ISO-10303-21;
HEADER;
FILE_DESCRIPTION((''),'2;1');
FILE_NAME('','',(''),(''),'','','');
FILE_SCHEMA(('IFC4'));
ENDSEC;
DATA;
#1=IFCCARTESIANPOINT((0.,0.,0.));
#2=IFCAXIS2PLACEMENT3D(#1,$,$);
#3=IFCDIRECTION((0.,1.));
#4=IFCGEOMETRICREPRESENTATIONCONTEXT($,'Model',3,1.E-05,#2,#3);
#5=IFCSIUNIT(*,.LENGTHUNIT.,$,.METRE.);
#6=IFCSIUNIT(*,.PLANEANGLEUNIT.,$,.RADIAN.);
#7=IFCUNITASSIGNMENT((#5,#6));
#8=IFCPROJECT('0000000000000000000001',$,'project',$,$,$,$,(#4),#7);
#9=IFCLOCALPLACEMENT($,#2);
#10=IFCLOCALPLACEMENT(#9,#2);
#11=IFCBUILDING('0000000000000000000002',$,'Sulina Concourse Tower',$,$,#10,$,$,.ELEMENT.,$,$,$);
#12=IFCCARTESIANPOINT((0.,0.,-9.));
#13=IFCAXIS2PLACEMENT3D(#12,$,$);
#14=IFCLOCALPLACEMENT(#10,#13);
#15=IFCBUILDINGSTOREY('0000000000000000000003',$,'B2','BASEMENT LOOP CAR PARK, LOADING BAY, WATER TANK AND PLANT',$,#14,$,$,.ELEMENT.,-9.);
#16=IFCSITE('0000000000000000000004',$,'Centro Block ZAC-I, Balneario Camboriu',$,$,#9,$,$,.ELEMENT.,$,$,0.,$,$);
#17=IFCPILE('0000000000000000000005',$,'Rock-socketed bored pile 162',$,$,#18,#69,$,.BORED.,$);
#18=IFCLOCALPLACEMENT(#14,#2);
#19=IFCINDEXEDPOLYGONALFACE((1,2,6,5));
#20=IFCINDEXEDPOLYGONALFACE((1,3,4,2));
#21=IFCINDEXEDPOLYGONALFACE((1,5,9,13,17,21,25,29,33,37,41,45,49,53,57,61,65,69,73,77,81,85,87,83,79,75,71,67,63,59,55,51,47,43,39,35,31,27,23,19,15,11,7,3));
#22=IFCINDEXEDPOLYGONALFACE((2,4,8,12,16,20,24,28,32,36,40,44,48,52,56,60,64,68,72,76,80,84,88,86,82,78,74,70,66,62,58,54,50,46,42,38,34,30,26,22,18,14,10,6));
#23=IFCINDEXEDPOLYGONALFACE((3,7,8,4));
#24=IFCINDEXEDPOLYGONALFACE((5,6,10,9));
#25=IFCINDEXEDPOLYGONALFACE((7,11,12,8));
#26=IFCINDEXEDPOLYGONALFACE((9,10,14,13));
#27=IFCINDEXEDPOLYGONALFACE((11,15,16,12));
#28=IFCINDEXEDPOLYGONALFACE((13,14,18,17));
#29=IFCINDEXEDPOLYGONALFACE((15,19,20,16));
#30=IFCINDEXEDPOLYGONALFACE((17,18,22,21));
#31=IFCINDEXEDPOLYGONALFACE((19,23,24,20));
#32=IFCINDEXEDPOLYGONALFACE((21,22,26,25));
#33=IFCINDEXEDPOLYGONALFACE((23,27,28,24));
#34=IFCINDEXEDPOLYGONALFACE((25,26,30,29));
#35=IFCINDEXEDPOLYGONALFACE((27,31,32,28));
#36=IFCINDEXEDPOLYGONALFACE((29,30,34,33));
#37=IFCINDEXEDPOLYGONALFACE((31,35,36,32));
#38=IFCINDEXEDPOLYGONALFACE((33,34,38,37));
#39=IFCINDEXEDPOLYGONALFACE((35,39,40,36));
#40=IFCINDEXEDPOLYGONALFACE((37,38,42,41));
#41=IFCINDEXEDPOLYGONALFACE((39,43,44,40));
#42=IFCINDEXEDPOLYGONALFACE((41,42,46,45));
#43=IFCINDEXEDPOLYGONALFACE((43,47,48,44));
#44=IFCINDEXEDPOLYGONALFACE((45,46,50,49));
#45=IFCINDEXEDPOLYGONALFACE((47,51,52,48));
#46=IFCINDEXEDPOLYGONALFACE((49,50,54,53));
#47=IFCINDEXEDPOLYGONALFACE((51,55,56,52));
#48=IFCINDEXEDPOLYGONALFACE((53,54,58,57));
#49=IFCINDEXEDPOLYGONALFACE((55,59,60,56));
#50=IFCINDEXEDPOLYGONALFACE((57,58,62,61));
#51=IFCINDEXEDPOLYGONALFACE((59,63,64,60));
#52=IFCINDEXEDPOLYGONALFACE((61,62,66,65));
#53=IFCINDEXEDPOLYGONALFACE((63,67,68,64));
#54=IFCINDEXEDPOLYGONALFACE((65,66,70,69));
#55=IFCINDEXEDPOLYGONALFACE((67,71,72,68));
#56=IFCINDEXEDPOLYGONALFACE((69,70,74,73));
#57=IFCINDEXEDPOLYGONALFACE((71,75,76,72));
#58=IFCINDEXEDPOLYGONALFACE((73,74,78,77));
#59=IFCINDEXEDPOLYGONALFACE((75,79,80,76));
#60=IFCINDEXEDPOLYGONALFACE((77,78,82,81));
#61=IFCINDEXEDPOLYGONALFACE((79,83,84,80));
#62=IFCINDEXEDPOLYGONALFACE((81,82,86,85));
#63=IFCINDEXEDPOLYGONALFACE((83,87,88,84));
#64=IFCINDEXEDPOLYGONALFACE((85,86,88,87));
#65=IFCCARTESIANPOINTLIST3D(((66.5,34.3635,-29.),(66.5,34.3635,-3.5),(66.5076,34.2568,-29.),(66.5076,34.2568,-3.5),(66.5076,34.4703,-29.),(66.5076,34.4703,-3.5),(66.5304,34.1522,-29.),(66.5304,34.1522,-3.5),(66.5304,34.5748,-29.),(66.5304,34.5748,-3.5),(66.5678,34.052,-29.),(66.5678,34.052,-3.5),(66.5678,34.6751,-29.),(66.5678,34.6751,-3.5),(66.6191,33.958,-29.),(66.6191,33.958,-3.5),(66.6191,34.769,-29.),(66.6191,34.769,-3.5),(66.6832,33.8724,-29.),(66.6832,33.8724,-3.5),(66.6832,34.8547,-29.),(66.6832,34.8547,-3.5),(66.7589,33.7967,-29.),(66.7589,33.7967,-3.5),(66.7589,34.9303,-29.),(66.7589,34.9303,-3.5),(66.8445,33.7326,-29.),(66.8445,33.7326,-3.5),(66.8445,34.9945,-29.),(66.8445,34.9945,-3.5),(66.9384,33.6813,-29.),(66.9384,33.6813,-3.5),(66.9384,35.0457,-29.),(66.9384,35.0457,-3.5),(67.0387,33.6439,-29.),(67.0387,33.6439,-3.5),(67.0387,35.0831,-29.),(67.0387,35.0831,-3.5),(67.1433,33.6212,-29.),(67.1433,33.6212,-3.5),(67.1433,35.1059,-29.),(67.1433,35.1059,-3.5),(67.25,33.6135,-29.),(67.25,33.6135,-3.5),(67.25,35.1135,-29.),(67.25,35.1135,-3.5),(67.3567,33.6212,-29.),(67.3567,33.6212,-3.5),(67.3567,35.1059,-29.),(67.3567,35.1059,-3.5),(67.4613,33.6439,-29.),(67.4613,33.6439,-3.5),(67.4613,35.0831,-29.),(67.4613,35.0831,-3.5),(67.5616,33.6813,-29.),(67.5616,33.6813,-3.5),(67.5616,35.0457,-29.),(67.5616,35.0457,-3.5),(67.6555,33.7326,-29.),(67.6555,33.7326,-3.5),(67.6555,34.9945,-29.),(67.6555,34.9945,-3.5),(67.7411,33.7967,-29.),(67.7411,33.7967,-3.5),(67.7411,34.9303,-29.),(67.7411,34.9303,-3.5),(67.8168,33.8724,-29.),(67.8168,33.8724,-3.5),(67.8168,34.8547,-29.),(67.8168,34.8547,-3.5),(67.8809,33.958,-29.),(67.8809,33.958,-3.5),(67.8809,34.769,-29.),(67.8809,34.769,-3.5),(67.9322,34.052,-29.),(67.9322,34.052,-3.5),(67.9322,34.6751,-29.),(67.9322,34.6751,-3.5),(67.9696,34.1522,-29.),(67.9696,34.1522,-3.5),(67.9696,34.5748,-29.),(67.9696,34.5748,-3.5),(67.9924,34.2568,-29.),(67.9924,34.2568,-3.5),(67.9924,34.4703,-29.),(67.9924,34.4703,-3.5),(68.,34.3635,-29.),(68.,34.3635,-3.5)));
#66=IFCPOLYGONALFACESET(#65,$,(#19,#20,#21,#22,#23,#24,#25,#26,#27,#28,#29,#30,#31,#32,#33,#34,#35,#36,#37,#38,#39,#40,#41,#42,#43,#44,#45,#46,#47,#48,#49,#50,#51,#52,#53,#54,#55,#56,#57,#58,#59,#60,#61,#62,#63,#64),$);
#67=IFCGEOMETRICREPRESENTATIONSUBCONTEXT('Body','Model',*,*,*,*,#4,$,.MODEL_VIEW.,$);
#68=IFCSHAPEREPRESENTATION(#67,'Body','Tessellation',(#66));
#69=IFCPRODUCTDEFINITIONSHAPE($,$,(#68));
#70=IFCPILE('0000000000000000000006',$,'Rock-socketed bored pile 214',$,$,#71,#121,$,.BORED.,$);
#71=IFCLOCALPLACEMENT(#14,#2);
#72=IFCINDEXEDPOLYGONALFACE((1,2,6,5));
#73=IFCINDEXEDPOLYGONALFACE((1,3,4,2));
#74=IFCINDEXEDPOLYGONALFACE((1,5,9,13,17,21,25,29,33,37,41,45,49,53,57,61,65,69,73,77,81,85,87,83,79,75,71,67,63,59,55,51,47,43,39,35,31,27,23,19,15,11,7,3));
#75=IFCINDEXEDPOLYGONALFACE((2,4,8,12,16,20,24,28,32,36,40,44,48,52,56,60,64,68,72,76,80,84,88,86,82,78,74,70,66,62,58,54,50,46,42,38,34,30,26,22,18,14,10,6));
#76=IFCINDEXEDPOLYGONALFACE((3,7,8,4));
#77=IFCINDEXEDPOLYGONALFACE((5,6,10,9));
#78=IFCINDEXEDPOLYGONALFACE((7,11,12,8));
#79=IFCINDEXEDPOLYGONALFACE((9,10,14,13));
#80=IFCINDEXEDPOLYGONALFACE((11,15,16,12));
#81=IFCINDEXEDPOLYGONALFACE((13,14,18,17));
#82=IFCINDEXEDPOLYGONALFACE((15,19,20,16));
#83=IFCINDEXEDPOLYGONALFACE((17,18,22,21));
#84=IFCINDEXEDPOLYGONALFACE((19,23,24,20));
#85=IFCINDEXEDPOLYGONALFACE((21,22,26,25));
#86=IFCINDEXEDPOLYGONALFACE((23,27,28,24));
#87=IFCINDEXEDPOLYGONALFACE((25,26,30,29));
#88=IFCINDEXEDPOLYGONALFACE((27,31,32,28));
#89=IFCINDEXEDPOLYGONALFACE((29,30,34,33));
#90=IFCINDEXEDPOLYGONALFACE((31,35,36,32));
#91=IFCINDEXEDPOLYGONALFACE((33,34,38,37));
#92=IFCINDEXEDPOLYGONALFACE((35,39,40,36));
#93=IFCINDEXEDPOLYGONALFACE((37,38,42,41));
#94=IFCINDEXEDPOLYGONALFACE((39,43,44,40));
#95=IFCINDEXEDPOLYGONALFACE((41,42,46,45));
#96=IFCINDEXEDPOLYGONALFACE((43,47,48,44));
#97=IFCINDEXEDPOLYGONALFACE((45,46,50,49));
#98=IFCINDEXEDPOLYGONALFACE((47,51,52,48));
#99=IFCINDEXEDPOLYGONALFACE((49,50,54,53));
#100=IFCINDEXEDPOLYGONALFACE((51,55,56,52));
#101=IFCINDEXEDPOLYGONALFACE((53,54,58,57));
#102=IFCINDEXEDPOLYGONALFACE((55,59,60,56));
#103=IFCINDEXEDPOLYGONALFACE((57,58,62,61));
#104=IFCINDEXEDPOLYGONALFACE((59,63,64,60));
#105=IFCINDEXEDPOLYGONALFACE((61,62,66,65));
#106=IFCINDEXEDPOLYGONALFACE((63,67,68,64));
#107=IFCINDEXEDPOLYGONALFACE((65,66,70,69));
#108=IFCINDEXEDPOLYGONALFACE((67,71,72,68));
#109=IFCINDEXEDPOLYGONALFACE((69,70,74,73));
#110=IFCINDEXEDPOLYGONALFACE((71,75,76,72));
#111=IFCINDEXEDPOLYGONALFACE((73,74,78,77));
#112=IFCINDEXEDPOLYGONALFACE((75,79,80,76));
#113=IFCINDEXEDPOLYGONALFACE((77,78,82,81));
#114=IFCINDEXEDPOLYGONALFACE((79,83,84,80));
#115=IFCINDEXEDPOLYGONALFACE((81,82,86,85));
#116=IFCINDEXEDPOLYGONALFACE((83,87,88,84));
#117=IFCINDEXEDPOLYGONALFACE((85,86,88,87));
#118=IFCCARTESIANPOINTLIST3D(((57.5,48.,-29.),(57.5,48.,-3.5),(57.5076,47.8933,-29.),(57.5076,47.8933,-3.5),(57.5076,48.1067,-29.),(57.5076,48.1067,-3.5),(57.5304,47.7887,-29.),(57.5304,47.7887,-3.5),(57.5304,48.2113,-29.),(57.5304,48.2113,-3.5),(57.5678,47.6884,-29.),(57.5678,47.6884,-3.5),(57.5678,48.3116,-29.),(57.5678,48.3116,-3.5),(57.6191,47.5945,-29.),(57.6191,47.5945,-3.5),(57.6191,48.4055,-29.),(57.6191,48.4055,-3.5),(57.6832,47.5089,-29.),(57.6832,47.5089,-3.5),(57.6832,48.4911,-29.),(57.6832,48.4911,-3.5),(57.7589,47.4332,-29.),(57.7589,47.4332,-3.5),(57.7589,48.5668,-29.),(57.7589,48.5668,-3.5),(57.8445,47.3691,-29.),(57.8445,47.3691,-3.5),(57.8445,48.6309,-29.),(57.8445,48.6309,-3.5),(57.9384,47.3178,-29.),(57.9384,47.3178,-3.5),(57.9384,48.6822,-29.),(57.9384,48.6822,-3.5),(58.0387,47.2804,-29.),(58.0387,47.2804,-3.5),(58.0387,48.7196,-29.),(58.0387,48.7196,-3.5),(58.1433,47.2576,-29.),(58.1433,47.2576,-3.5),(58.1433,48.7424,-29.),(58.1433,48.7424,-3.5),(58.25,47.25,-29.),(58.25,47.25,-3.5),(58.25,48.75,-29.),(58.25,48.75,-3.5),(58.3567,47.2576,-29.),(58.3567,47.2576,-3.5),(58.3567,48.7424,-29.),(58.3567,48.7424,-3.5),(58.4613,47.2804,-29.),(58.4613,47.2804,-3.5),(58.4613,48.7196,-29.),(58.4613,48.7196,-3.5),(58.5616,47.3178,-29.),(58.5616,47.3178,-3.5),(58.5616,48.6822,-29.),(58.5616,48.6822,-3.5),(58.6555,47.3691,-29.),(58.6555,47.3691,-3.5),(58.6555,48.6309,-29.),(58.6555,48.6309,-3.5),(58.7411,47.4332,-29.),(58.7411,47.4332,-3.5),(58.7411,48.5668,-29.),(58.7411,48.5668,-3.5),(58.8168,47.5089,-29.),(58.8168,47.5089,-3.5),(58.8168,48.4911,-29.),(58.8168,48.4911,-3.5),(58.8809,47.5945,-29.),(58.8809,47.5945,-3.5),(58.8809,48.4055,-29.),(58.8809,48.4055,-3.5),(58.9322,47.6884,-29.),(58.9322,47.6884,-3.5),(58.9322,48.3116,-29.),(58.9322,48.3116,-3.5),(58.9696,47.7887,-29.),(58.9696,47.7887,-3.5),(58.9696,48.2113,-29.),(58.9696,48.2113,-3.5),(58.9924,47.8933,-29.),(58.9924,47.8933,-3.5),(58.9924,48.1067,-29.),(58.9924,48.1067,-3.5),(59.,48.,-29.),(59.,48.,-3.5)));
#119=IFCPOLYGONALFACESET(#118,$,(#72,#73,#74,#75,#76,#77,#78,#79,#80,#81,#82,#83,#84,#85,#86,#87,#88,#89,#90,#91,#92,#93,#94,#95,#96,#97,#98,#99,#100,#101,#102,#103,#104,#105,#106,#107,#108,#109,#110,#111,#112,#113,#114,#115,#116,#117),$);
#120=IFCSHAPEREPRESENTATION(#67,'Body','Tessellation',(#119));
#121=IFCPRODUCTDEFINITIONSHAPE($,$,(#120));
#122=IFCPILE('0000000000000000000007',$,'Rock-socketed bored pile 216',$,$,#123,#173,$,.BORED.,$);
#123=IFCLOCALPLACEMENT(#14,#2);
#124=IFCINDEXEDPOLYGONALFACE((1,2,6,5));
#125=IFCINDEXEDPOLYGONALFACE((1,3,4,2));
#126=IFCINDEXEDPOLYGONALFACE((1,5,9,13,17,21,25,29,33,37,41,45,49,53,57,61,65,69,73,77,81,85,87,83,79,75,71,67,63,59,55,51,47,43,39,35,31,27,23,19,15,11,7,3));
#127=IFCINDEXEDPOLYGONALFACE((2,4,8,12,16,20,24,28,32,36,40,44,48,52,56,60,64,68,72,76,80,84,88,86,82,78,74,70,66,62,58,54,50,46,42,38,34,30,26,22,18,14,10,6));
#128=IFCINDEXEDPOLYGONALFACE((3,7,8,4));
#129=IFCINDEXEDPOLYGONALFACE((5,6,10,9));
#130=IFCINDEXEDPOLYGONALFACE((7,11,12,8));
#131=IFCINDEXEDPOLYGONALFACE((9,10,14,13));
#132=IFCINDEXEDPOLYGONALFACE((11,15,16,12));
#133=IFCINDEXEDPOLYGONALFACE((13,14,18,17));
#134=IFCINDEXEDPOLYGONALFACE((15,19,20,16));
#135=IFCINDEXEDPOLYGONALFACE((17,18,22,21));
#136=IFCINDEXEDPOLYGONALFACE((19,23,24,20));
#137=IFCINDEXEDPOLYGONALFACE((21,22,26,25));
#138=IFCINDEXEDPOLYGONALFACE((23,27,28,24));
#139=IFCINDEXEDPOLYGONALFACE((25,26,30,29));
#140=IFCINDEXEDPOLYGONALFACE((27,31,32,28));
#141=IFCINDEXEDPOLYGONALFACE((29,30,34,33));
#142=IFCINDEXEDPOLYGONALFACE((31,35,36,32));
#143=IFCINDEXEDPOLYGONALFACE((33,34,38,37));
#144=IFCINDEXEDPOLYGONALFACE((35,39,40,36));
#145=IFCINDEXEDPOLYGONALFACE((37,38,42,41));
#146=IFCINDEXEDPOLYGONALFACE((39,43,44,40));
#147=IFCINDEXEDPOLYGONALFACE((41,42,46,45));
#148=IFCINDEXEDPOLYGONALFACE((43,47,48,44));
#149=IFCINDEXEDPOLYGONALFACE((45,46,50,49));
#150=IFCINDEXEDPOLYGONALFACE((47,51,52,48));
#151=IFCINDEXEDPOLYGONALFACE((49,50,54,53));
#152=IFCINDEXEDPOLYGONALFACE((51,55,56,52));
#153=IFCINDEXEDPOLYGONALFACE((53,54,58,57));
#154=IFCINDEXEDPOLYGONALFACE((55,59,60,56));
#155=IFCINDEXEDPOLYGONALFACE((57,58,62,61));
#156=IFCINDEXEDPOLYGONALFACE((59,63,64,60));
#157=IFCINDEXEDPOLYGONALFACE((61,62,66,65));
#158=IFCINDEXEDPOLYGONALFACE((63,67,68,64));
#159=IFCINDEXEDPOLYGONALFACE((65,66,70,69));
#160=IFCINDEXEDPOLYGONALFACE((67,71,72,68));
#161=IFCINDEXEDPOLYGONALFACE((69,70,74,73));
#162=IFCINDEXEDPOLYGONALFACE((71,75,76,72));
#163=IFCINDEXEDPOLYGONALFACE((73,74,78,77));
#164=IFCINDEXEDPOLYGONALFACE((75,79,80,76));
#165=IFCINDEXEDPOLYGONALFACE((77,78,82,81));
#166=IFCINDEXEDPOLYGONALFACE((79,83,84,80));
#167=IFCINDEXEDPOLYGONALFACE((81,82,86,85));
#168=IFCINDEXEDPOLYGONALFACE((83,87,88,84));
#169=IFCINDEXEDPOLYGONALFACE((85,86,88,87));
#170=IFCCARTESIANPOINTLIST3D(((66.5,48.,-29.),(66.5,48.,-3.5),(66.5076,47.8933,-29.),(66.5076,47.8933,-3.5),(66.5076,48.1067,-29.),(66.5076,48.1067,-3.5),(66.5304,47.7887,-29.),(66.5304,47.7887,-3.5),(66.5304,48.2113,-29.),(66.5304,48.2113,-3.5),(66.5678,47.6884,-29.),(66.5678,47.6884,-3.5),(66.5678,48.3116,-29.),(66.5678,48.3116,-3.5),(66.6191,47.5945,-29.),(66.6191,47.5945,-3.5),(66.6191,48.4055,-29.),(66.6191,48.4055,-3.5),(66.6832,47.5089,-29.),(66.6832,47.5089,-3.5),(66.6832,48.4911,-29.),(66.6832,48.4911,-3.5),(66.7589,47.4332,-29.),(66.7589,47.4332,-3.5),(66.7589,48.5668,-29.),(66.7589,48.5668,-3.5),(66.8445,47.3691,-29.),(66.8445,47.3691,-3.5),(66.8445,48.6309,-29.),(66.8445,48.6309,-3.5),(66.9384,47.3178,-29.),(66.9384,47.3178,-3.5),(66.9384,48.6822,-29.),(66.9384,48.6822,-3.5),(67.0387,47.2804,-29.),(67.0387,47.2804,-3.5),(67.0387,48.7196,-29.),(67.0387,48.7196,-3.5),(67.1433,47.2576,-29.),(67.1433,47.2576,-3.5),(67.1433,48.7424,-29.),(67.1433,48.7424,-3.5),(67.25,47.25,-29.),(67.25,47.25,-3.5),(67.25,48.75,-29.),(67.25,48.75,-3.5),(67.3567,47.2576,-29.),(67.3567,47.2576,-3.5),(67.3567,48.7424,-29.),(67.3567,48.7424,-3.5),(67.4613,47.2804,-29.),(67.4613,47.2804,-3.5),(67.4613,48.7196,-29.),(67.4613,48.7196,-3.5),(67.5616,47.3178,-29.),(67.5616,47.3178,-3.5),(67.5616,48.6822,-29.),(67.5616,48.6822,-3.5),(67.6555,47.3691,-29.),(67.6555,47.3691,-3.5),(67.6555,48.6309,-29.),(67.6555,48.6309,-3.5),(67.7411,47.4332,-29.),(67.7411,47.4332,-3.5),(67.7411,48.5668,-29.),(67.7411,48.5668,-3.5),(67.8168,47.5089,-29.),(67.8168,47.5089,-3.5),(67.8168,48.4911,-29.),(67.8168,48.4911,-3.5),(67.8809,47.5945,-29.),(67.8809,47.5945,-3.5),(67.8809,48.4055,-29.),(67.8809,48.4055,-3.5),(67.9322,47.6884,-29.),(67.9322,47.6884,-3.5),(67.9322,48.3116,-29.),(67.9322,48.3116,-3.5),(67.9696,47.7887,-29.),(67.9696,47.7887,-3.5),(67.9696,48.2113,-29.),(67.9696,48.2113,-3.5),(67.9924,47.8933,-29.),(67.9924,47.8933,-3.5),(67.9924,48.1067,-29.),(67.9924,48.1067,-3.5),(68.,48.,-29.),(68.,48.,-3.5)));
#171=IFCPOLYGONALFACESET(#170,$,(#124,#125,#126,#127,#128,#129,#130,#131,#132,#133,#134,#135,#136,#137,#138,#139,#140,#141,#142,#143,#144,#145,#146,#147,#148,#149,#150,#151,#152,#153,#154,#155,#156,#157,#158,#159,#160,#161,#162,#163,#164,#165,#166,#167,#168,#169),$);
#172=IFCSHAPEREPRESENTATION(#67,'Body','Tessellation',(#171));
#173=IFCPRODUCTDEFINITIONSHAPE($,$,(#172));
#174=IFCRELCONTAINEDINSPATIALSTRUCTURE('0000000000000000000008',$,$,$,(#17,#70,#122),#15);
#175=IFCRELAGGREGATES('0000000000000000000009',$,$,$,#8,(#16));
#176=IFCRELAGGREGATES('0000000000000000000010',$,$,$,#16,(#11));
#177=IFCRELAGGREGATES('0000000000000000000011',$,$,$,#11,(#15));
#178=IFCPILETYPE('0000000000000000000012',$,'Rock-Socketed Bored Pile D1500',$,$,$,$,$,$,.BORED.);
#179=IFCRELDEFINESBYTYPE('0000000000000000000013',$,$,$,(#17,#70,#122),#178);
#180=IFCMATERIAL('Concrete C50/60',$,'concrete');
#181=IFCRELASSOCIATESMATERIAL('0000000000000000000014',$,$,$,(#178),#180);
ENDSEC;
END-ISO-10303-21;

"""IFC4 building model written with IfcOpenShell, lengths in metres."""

from ifc_helpers import new_model, si_unit, direction, frame, origin, origin_2d, place, context, subcontext, project, spatial, circle, extrude, material, material_profile, profile_set, type_object, element, save


model = new_model("IFC4")

# Units and contexts
model_context = context("Model", 3, precision=1e-05, world=origin(), true_north=direction((0.0, 1.0)))
body_context = subcontext(model_context, "Body", "Model", "MODEL_VIEW")
ifc_project = project(units=[si_unit("LENGTHUNIT", "METRE"), si_unit("PLANEANGLEUNIT", "RADIAN")], contexts=[model_context])

# Site, building, storey
site_placement = place(None, origin())
site = spatial("IfcSite", under=ifc_project, at=site_placement, Name="Centro Block ZAC-I, Balneario Camboriu", CompositionType="ELEMENT", RefElevation=0.0)
building_placement = place(site_placement, origin())
building = spatial("IfcBuilding", under=site, at=building_placement, Name="Sulina Concourse Tower", CompositionType="ELEMENT")
storey_placement = place(building_placement, frame((0.0, 0.0, -9.0)))
storey = spatial("IfcBuildingStorey", under=building, at=storey_placement, Name="B2", Description="BASEMENT LOOP CAR PARK, LOADING BAY, WATER TANK AND PLANT", CompositionType="ELEMENT", Elevation=-9.0)

# Piles
ifc_material_1 = material(Name="Concrete C50/60", Category="concrete")
ifc_material_profile_1 = material_profile(ifc_material_1, circle(Radius=0.75, at=origin_2d()), Name="PILE D1500")
ifc_profile_set_1 = profile_set([ifc_material_profile_1], Name="Concrete C50/60")
pile_type_1 = type_object("IfcPileType", Name="Rock-Socketed Bored Pile D1500", PredefinedType="BORED", material=ifc_profile_set_1)
for number, where, z_axis, x_axis, name in (
    (1, (67.25, 34.3635, -3.5), (0.0, 0.0, -1.0), (1.0, 0.0, 0.0), "Rock-socketed bored pile 162"),
    (2, (58.25, 48.0, -3.5), (0.0, 0.0, -1.0), (1.0, 0.0, 0.0), "Rock-socketed bored pile 214"),
    (3, (67.25, 48.0, -3.5), (0.0, 0.0, -1.0), (1.0, 0.0, 0.0), "Rock-socketed bored pile 216"),
):
    element("IfcPile", number, at=place(storey_placement, frame(where, z_axis=z_axis, x_axis=x_axis)), inside=storey, type_object=pile_type_1, Name=name, PredefinedType="BORED", context=body_context, shape_type="SweptSolid", body=[
        extrude(circle(Radius=0.75, at=origin_2d()), origin(), (0.0, 0.0, 1.0), 25.5),
    ])

save(model, "model.ifc")
